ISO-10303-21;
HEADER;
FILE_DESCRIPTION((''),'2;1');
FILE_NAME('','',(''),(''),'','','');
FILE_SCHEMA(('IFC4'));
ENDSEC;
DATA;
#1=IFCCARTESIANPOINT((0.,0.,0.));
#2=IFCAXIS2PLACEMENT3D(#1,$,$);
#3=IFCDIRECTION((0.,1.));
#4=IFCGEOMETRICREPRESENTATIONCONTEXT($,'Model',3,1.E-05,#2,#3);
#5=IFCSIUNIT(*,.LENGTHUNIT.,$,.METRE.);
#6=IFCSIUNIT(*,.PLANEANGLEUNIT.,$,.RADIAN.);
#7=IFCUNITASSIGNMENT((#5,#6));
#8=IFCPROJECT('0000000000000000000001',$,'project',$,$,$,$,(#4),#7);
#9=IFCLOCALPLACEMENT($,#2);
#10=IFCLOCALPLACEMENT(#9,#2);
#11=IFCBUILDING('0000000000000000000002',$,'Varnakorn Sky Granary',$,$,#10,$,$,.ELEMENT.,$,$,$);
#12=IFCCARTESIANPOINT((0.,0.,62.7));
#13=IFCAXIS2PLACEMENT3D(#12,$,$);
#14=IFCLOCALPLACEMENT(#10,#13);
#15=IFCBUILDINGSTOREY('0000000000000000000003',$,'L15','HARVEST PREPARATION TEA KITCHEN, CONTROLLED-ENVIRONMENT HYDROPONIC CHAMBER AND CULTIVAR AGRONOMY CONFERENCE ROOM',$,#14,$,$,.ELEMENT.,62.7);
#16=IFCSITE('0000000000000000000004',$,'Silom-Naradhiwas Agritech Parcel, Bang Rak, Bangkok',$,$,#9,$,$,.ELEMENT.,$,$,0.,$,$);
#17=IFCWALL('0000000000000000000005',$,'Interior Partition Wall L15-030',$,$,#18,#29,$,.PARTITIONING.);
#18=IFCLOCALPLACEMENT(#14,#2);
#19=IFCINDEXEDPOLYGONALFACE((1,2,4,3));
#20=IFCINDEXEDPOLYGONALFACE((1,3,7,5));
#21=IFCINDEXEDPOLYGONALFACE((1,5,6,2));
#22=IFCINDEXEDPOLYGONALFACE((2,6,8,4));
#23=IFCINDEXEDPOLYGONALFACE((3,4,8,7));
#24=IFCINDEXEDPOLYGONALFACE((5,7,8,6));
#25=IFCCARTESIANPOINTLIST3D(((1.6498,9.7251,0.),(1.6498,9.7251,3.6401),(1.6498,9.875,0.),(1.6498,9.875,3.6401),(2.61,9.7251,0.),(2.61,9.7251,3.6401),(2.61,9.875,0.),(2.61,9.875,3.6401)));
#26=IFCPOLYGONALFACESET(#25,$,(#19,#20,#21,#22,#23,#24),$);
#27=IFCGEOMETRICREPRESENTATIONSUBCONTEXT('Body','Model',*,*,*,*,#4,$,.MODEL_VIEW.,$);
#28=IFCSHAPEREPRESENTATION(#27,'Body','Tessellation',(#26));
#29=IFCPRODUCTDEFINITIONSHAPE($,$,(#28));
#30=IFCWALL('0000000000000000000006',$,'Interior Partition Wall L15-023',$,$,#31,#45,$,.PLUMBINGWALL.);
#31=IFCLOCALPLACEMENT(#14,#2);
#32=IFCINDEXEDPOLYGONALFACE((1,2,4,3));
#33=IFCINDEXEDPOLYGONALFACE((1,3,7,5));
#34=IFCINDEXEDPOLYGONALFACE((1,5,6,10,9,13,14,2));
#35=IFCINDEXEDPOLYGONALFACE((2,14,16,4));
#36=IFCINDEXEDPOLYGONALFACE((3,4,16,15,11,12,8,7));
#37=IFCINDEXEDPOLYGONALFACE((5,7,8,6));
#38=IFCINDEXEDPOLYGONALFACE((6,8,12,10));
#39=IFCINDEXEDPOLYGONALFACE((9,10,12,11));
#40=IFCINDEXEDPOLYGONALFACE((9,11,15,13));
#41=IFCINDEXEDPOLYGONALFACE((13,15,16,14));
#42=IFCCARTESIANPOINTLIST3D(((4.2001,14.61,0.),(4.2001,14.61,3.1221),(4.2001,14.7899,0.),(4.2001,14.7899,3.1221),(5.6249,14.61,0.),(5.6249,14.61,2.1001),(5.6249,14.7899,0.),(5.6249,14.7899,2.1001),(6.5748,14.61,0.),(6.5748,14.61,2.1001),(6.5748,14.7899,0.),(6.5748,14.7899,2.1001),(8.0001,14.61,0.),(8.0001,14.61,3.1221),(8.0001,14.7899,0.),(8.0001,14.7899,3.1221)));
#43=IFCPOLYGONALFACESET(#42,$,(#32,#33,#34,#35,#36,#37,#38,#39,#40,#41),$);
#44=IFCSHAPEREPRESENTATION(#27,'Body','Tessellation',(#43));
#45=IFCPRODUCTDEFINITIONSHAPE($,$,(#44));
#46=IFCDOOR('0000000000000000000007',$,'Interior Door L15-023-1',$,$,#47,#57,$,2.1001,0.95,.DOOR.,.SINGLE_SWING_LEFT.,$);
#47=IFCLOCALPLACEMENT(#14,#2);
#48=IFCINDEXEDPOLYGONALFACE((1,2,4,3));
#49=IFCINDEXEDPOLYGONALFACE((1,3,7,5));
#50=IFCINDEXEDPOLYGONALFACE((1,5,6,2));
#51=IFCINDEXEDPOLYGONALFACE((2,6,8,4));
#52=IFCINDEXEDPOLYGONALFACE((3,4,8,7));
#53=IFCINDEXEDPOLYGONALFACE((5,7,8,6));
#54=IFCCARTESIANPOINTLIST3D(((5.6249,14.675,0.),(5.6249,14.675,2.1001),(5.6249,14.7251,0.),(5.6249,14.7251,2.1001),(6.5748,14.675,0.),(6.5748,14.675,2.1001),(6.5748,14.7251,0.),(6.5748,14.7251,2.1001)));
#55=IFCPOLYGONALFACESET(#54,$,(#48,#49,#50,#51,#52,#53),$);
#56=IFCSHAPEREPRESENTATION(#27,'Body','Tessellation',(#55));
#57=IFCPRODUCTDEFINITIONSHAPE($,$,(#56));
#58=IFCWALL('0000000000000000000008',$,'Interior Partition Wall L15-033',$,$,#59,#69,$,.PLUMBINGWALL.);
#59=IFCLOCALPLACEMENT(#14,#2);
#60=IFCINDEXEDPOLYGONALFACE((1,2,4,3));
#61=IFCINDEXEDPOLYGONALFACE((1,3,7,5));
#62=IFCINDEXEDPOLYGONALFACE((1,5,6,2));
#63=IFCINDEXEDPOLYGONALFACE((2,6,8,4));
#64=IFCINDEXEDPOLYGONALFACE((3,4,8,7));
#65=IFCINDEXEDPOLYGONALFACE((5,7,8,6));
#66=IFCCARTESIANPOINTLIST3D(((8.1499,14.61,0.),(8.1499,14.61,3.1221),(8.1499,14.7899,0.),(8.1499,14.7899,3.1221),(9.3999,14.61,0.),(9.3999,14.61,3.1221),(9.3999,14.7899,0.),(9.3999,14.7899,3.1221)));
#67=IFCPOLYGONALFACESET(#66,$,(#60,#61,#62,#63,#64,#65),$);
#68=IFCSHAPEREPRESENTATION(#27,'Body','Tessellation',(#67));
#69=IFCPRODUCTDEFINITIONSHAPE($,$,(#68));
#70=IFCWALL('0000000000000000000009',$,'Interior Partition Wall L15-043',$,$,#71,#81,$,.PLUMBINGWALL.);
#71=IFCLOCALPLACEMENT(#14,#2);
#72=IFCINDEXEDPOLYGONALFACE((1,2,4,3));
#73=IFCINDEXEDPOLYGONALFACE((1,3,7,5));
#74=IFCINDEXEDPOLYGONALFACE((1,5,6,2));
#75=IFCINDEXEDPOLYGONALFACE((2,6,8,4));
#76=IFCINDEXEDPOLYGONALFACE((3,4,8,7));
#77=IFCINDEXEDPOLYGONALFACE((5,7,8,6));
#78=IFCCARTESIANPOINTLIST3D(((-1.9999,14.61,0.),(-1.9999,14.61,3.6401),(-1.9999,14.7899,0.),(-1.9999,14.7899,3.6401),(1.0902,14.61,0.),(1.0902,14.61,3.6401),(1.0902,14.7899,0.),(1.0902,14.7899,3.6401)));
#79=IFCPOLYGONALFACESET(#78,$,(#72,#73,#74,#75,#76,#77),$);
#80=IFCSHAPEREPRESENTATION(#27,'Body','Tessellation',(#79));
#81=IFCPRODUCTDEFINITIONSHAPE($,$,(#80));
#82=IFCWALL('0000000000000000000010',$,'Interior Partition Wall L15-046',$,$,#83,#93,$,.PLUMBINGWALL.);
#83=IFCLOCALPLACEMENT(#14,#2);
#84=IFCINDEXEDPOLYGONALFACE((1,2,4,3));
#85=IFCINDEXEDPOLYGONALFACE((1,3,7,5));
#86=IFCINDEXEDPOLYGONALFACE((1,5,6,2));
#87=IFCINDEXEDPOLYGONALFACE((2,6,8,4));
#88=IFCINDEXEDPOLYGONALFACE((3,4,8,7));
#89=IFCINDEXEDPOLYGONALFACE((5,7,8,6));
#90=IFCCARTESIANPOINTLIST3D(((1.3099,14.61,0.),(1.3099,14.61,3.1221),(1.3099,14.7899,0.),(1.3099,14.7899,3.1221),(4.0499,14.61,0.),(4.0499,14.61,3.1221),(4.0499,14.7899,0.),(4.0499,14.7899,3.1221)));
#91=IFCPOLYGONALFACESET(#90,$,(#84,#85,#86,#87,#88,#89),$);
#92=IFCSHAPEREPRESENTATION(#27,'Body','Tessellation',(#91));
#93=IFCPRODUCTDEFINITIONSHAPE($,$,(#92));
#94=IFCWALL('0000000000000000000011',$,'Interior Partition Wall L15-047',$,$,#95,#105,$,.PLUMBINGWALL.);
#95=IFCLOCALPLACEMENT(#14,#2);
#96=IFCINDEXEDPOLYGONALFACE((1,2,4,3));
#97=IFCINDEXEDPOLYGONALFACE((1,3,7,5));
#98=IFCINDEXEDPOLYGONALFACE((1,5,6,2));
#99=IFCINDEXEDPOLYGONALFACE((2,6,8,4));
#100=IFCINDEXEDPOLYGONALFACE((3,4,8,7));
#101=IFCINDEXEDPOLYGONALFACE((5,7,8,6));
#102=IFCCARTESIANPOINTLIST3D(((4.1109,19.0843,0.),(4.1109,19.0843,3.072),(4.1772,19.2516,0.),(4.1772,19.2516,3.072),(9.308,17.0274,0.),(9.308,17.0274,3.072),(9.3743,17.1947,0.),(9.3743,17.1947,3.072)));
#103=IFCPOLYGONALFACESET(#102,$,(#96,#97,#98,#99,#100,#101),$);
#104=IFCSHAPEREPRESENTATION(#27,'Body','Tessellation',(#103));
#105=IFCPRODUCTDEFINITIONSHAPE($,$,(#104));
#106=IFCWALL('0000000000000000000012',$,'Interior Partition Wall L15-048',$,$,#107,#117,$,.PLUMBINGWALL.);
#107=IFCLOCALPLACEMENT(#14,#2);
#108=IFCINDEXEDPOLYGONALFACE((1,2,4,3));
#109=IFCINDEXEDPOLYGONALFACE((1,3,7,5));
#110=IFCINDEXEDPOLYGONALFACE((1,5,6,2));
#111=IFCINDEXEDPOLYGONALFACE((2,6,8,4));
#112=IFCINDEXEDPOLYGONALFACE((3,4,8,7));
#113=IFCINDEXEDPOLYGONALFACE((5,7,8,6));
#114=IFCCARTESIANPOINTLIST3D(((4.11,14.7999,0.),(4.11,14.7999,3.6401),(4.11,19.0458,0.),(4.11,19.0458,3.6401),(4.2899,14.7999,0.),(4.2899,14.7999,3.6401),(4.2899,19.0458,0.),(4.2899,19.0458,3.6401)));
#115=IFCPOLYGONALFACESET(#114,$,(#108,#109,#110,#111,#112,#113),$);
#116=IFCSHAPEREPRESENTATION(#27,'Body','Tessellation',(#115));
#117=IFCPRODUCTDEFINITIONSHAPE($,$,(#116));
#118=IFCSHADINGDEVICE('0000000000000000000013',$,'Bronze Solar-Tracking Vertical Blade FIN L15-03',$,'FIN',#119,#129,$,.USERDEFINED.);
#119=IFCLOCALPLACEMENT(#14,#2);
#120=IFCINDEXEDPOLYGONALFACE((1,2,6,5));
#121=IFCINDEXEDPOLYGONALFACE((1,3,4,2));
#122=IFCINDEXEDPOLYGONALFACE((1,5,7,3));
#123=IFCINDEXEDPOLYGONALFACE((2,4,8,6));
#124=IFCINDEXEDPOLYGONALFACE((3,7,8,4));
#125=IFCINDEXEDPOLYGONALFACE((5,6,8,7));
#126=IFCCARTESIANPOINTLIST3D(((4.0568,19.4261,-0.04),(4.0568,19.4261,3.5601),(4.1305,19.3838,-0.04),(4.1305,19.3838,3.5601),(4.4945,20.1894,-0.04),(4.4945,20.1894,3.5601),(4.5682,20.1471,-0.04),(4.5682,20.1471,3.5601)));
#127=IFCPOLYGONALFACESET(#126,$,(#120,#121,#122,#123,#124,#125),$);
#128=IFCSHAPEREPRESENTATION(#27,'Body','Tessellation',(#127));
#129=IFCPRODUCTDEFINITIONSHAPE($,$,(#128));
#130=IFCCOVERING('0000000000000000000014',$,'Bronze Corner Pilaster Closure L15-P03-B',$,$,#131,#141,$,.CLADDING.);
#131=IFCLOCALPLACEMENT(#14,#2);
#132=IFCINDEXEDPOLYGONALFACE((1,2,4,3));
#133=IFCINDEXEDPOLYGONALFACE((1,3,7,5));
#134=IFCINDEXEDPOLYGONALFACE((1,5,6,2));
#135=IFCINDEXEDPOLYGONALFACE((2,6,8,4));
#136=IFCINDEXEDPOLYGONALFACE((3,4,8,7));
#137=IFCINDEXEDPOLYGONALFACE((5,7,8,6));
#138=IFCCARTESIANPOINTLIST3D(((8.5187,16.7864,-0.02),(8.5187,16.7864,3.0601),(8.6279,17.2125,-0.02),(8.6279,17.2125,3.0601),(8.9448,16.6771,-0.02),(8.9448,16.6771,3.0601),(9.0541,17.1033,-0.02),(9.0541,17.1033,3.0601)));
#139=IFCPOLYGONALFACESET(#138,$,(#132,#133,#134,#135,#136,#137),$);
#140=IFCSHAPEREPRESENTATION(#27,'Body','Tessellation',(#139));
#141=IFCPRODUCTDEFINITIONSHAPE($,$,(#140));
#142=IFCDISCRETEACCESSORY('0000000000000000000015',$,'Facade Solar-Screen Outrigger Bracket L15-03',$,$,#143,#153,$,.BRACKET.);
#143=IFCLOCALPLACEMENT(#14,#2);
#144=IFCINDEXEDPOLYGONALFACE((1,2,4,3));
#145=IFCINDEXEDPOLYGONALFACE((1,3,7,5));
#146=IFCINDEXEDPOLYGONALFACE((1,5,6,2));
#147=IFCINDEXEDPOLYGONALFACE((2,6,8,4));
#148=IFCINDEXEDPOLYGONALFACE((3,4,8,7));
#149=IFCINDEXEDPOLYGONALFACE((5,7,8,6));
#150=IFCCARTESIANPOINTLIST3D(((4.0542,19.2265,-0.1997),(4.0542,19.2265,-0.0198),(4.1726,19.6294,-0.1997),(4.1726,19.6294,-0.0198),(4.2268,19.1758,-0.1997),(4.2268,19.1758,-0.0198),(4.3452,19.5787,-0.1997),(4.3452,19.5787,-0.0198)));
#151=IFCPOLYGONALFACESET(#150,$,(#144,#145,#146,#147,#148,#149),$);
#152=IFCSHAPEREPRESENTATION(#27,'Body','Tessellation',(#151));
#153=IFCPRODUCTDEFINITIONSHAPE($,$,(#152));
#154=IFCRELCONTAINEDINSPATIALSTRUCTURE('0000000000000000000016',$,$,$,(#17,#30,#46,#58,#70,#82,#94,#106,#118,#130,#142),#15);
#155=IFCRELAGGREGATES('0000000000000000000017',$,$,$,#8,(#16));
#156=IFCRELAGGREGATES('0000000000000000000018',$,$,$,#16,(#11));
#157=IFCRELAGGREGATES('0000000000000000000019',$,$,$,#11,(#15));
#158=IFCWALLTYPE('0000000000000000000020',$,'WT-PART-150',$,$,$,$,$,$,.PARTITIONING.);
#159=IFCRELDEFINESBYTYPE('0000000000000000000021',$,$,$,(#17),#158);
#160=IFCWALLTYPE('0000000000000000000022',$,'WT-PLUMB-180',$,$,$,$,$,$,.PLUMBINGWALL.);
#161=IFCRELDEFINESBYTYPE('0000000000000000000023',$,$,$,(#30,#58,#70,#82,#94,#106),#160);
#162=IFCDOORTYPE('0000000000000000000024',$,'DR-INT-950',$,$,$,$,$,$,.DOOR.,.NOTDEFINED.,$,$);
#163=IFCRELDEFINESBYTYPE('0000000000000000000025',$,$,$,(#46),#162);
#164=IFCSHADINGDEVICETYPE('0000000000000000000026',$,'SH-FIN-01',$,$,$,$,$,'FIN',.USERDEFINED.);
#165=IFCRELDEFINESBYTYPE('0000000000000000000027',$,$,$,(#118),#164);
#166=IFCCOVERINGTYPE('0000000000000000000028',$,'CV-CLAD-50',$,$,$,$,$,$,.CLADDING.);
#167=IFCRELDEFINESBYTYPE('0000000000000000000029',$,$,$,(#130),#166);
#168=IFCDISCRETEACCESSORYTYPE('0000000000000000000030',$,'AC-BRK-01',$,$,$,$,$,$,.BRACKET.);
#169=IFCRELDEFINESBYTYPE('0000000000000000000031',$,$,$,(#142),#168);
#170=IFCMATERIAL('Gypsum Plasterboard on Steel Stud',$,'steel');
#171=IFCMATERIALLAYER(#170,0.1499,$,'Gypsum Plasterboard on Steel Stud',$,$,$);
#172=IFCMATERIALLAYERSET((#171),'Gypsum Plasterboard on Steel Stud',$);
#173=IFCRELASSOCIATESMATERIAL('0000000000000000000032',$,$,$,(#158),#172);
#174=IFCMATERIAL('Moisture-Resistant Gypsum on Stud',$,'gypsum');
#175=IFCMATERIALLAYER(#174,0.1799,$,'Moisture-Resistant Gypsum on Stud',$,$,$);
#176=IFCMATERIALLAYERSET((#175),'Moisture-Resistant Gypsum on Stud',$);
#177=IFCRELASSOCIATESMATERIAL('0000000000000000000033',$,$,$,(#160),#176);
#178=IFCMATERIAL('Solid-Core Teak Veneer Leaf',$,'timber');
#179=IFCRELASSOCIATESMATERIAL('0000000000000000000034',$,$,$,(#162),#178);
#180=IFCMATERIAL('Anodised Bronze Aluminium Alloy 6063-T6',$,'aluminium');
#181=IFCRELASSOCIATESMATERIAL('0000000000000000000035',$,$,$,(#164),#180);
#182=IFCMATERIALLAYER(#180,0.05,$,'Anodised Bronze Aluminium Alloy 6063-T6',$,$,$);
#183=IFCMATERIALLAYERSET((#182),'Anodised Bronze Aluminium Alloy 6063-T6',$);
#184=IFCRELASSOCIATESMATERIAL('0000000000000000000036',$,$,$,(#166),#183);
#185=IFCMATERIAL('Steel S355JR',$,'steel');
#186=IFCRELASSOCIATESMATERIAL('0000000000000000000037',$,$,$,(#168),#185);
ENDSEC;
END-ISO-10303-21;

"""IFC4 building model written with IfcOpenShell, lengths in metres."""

from ifc_helpers import new_model, si_unit, direction, frame, frame_2d, origin, origin_2d, place, context, subcontext, project, spatial, rectangle, extrude, source, transform, mapped, material, layer, layer_set, type_object, type_shapes, element, fill, save


model = new_model("IFC4")

# Units and contexts
model_context = context("Model", 3, precision=1e-05, world=origin(), true_north=direction((0.0, 1.0)))
body_context = subcontext(model_context, "Body", "Model", "MODEL_VIEW")
ifc_project = project(units=[si_unit("LENGTHUNIT", "METRE"), si_unit("PLANEANGLEUNIT", "RADIAN")], contexts=[model_context])

# Site, building, storey
site_placement = place(None, origin())
site = spatial("IfcSite", under=ifc_project, at=site_placement, Name="Silom-Naradhiwas Agritech Parcel, Bang Rak, Bangkok", CompositionType="ELEMENT", RefElevation=0.0)
building_placement = place(site_placement, origin())
building = spatial("IfcBuilding", under=site, at=building_placement, Name="Varnakorn Sky Granary", CompositionType="ELEMENT")
storey_placement = place(building_placement, frame((0.0, 0.0, 62.7)))
storey = spatial("IfcBuildingStorey", under=building, at=storey_placement, Name="L15", Description="HARVEST PREPARATION TEA KITCHEN, CONTROLLED-ENVIRONMENT HYDROPONIC CHAMBER AND CULTIVAR AGRONOMY CONFERENCE ROOM", CompositionType="ELEMENT", Elevation=62.7)

# Shared definitions
ifc_material_1 = material(Name="Steel S355JR", Category="steel")

# Wall
ifc_material_2 = material(Name="Gypsum Plasterboard on Steel Stud", Category="steel")
ifc_layer_1 = layer(ifc_material_2, 0.1499, Name="Gypsum Plasterboard on Steel Stud")
ifc_layer_set_1 = layer_set([ifc_layer_1], Name="Gypsum Plasterboard on Steel Stud")
wall_type_1 = type_object("IfcWallType", Name="WT-PART-150", PredefinedType="PARTITIONING", material=ifc_layer_set_1)
wall_1_placement = place(storey_placement, frame((1.6499, 9.8, 0.0), z_axis=(0.0, 0.0, 1.0), x_axis=(1.0, 0.0, 0.0)))
element("IfcWall", 1, at=wall_1_placement, inside=storey, type_object=wall_type_1, Name="Interior Partition Wall L15-030", PredefinedType="PARTITIONING", context=body_context, shape_type="SweptSolid", body=[
    extrude(rectangle(XDim=0.9602, YDim=0.1499, at=frame_2d((0.48, 0.0))), origin(), (0.0, 0.0, 1.0), 3.6401),
])

# Wall, opening, door
ifc_material_3 = material(Name="Moisture-Resistant Gypsum on Stud", Category="gypsum")
ifc_layer_2 = layer(ifc_material_3, 0.1799, Name="Moisture-Resistant Gypsum on Stud")
ifc_layer_set_2 = layer_set([ifc_layer_2], Name="Moisture-Resistant Gypsum on Stud")
wall_type_2 = type_object("IfcWallType", Name="WT-PLUMB-180", PredefinedType="PLUMBINGWALL", material=ifc_layer_set_2)
wall_2_placement = place(storey_placement, frame((8.0, 14.7, 0.0), z_axis=(0.0, 0.0, 1.0), x_axis=(-1.0, 0.0, 0.0)))
wall_2 = element("IfcWall", 2, at=wall_2_placement, inside=storey, type_object=wall_type_2, Name="Interior Partition Wall L15-023", PredefinedType="PLUMBINGWALL", context=body_context, shape_type="SweptSolid", body=[
    extrude(rectangle(XDim=3.8, YDim=0.1799, at=frame_2d((1.8999, 0.0))), origin(), (0.0, 0.0, 1.0), 3.1221),
])
opening_placement = place(wall_2_placement, frame((1.425, 0.0, 0.0)))
opening = element("IfcOpeningElement", 3, at=opening_placement, cuts=wall_2, PredefinedType="OPENING", context=body_context, shape_type="SweptSolid", body=[
    extrude(rectangle(XDim=0.95, YDim=2.1001, at=frame_2d((0.4751, 1.05))), frame((0.0, 0.1001, 0.0), z_axis=(0.0, -1.0, 0.0), x_axis=(1.0, 0.0, 0.0)), (0.0, 0.0, 1.0), 0.2),
])
ifc_material_4 = material(Name="Solid-Core Teak Veneer Leaf", Category="timber")
door_type = type_object("IfcDoorType", Name="DR-INT-950", OperationType="NOTDEFINED", PredefinedType="DOOR", material=ifc_material_4)
door_placement = place(opening_placement, origin())
door = element("IfcDoor", 4, at=door_placement, inside=storey, type_object=door_type, Name="Interior Door L15-023-1", OperationType="SINGLE_SWING_LEFT", OverallHeight=2.1001, OverallWidth=0.95, PredefinedType="DOOR", context=body_context, shape_type="SweptSolid", body=[
    extrude(rectangle(XDim=0.95, YDim=2.1001, at=frame_2d((0.4751, 1.05))), frame((0.0, 0.0249, 0.0), z_axis=(0.0, -1.0, 0.0), x_axis=(1.0, 0.0, 0.0)), (0.0, 0.0, 1.0), 0.05),
])
fill(opening, door)

# Walls
wall_3_placement = place(storey_placement, frame((9.3999, 14.7, 0.0), z_axis=(0.0, 0.0, 1.0), x_axis=(-1.0, 0.0, 0.0)))
element("IfcWall", 5, at=wall_3_placement, inside=storey, type_object=wall_type_2, Name="Interior Partition Wall L15-033", PredefinedType="PLUMBINGWALL", context=body_context, shape_type="SweptSolid", body=[
    extrude(rectangle(XDim=1.25, YDim=0.1799, at=frame_2d((0.625, 0.0))), origin(), (0.0, 0.0, 1.0), 3.1221),
])
wall_4_placement = place(storey_placement, frame((1.0901, 14.7, 0.0), z_axis=(0.0, 0.0, 1.0), x_axis=(-1.0, 0.0, 0.0)))
element("IfcWall", 6, at=wall_4_placement, inside=storey, type_object=wall_type_2, Name="Interior Partition Wall L15-043", PredefinedType="PLUMBINGWALL", context=body_context, shape_type="SweptSolid", body=[
    extrude(rectangle(XDim=3.0901, YDim=0.1799, at=frame_2d((1.5449, 0.0))), origin(), (0.0, 0.0, 1.0), 3.6401),
])
wall_5_placement = place(storey_placement, frame((4.05, 14.7, 0.0), z_axis=(0.0, 0.0, 1.0), x_axis=(-1.0, 0.0, 0.0)))
element("IfcWall", 7, at=wall_5_placement, inside=storey, type_object=wall_type_2, Name="Interior Partition Wall L15-046", PredefinedType="PLUMBINGWALL", context=body_context, shape_type="SweptSolid", body=[
    extrude(rectangle(XDim=2.74, YDim=0.1799, at=frame_2d((1.3701, 0.0))), origin(), (0.0, 0.0, 1.0), 3.1221),
])
wall_6_placement = place(storey_placement, frame((4.144, 19.168, 0.0), z_axis=(0.0, 0.0, 1.0), x_axis=(0.929823, -0.368007, 0.0)))
element("IfcWall", 8, at=wall_6_placement, inside=storey, type_object=wall_type_2, Name="Interior Partition Wall L15-047", PredefinedType="PLUMBINGWALL", context=body_context, shape_type="SweptSolid", body=[
    extrude(rectangle(XDim=5.5894, YDim=0.1799, at=frame_2d((2.7947, 0.0))), origin(), (0.0, 0.0, 1.0), 3.072),
])
wall_7_placement = place(storey_placement, frame((4.2, 19.0459, 0.0), z_axis=(0.0, 0.0, 1.0), x_axis=(0.0, -1.0, 0.0)))
element("IfcWall", 9, at=wall_7_placement, inside=storey, type_object=wall_type_2, Name="Interior Partition Wall L15-048", PredefinedType="PLUMBINGWALL", context=body_context, shape_type="SweptSolid", body=[
    extrude(rectangle(XDim=4.2458, YDim=0.1799, at=frame_2d((2.123, 0.0))), origin(), (0.0, 0.0, 1.0), 3.6401),
])

# Shading device
ifc_material_5 = material(Name="Anodised Bronze Aluminium Alloy 6063-T6", Category="aluminium")
shading_device_type = type_object("IfcShadingDeviceType", Name="SH-FIN-01", ElementType="FIN", PredefinedType="USERDEFINED", material=ifc_material_5)
shared_shape_1 = source(origin(), body_context, "Body", "SweptSolid", [
    extrude(rectangle(XDim=0.085, YDim=0.8799, at=origin_2d()), origin(), (0.0, 0.0, 1.0), 3.6001),
])
type_shapes(shading_device_type, [shared_shape_1])
shading_device_placement = place(storey_placement, frame((4.3125, 19.7866, -0.04), z_axis=(0.0, 0.0, 1.0), x_axis=(-0.867519, 0.497404, 0.0)))
element("IfcShadingDevice", 10, at=shading_device_placement, inside=storey, type_object=shading_device_type, Name="Bronze Solar-Tracking Vertical Blade FIN L15-03", ObjectType="FIN", PredefinedType="USERDEFINED", context=body_context, shape_type="MappedRepresentation", body=[
    mapped(shared_shape_1, transform((0.0, 0.0, 0.0), x_axis=(1.0, 0.0, 0.0), y_axis=(0.0, 1.0, 0.0), z_axis=(0.0, 0.0, 1.0), scale=1.0)),
])

# Covering
ifc_layer_3 = layer(ifc_material_5, 0.05, Name="Anodised Bronze Aluminium Alloy 6063-T6")
ifc_layer_set_3 = layer_set([ifc_layer_3], Name="Anodised Bronze Aluminium Alloy 6063-T6")
covering_type = type_object("IfcCoveringType", Name="CV-CLAD-50", PredefinedType="CLADDING", material=ifc_layer_set_3)
shared_shape_2 = source(origin(), body_context, "Body", "SweptSolid", [
    extrude(rectangle(XDim=0.4399, YDim=0.4399, at=origin_2d()), origin(), (0.0, 0.0, 1.0), 3.0801),
])
type_shapes(covering_type, [shared_shape_2])
covering_placement = place(storey_placement, frame((8.7864, 16.9448, -0.02), z_axis=(0.0, 0.0, 1.0), x_axis=(0.96867, -0.248352, 0.0)))
element("IfcCovering", 11, at=covering_placement, inside=storey, type_object=covering_type, Name="Bronze Corner Pilaster Closure L15-P03-B", PredefinedType="CLADDING", context=body_context, shape_type="MappedRepresentation", body=[
    mapped(shared_shape_2, transform((0.0, 0.0, 0.0), x_axis=(1.0, 0.0, 0.0), y_axis=(0.0, 1.0, 0.0), z_axis=(0.0, 0.0, 1.0), scale=1.0)),
])

# Discrete accessory
discrete_accessory_type = type_object("IfcDiscreteAccessoryType", Name="AC-BRK-01", PredefinedType="BRACKET", material=ifc_material_1)
shared_shape_3 = source(origin(), body_context, "Body", "SweptSolid", [
    extrude(rectangle(XDim=0.1799, YDim=0.4199, at=origin_2d()), origin(), (0.0, 0.0, 1.0), 0.1799),
])
type_shapes(discrete_accessory_type, [shared_shape_3])
discrete_accessory_placement = place(storey_placement, frame((4.1997, 19.4026, -0.1997), z_axis=(0.0, 0.0, 1.0), x_axis=(-0.95946, 0.281845, 0.0)))
element("IfcDiscreteAccessory", 12, at=discrete_accessory_placement, inside=storey, type_object=discrete_accessory_type, Name="Facade Solar-Screen Outrigger Bracket L15-03", PredefinedType="BRACKET", context=body_context, shape_type="MappedRepresentation", body=[
    mapped(shared_shape_3, transform((0.0, 0.0, 0.0), x_axis=(1.0, 0.0, 0.0), y_axis=(0.0, 1.0, 0.0), z_axis=(0.0, 0.0, 1.0), scale=1.0)),
])

save(model, "model.ifc")
